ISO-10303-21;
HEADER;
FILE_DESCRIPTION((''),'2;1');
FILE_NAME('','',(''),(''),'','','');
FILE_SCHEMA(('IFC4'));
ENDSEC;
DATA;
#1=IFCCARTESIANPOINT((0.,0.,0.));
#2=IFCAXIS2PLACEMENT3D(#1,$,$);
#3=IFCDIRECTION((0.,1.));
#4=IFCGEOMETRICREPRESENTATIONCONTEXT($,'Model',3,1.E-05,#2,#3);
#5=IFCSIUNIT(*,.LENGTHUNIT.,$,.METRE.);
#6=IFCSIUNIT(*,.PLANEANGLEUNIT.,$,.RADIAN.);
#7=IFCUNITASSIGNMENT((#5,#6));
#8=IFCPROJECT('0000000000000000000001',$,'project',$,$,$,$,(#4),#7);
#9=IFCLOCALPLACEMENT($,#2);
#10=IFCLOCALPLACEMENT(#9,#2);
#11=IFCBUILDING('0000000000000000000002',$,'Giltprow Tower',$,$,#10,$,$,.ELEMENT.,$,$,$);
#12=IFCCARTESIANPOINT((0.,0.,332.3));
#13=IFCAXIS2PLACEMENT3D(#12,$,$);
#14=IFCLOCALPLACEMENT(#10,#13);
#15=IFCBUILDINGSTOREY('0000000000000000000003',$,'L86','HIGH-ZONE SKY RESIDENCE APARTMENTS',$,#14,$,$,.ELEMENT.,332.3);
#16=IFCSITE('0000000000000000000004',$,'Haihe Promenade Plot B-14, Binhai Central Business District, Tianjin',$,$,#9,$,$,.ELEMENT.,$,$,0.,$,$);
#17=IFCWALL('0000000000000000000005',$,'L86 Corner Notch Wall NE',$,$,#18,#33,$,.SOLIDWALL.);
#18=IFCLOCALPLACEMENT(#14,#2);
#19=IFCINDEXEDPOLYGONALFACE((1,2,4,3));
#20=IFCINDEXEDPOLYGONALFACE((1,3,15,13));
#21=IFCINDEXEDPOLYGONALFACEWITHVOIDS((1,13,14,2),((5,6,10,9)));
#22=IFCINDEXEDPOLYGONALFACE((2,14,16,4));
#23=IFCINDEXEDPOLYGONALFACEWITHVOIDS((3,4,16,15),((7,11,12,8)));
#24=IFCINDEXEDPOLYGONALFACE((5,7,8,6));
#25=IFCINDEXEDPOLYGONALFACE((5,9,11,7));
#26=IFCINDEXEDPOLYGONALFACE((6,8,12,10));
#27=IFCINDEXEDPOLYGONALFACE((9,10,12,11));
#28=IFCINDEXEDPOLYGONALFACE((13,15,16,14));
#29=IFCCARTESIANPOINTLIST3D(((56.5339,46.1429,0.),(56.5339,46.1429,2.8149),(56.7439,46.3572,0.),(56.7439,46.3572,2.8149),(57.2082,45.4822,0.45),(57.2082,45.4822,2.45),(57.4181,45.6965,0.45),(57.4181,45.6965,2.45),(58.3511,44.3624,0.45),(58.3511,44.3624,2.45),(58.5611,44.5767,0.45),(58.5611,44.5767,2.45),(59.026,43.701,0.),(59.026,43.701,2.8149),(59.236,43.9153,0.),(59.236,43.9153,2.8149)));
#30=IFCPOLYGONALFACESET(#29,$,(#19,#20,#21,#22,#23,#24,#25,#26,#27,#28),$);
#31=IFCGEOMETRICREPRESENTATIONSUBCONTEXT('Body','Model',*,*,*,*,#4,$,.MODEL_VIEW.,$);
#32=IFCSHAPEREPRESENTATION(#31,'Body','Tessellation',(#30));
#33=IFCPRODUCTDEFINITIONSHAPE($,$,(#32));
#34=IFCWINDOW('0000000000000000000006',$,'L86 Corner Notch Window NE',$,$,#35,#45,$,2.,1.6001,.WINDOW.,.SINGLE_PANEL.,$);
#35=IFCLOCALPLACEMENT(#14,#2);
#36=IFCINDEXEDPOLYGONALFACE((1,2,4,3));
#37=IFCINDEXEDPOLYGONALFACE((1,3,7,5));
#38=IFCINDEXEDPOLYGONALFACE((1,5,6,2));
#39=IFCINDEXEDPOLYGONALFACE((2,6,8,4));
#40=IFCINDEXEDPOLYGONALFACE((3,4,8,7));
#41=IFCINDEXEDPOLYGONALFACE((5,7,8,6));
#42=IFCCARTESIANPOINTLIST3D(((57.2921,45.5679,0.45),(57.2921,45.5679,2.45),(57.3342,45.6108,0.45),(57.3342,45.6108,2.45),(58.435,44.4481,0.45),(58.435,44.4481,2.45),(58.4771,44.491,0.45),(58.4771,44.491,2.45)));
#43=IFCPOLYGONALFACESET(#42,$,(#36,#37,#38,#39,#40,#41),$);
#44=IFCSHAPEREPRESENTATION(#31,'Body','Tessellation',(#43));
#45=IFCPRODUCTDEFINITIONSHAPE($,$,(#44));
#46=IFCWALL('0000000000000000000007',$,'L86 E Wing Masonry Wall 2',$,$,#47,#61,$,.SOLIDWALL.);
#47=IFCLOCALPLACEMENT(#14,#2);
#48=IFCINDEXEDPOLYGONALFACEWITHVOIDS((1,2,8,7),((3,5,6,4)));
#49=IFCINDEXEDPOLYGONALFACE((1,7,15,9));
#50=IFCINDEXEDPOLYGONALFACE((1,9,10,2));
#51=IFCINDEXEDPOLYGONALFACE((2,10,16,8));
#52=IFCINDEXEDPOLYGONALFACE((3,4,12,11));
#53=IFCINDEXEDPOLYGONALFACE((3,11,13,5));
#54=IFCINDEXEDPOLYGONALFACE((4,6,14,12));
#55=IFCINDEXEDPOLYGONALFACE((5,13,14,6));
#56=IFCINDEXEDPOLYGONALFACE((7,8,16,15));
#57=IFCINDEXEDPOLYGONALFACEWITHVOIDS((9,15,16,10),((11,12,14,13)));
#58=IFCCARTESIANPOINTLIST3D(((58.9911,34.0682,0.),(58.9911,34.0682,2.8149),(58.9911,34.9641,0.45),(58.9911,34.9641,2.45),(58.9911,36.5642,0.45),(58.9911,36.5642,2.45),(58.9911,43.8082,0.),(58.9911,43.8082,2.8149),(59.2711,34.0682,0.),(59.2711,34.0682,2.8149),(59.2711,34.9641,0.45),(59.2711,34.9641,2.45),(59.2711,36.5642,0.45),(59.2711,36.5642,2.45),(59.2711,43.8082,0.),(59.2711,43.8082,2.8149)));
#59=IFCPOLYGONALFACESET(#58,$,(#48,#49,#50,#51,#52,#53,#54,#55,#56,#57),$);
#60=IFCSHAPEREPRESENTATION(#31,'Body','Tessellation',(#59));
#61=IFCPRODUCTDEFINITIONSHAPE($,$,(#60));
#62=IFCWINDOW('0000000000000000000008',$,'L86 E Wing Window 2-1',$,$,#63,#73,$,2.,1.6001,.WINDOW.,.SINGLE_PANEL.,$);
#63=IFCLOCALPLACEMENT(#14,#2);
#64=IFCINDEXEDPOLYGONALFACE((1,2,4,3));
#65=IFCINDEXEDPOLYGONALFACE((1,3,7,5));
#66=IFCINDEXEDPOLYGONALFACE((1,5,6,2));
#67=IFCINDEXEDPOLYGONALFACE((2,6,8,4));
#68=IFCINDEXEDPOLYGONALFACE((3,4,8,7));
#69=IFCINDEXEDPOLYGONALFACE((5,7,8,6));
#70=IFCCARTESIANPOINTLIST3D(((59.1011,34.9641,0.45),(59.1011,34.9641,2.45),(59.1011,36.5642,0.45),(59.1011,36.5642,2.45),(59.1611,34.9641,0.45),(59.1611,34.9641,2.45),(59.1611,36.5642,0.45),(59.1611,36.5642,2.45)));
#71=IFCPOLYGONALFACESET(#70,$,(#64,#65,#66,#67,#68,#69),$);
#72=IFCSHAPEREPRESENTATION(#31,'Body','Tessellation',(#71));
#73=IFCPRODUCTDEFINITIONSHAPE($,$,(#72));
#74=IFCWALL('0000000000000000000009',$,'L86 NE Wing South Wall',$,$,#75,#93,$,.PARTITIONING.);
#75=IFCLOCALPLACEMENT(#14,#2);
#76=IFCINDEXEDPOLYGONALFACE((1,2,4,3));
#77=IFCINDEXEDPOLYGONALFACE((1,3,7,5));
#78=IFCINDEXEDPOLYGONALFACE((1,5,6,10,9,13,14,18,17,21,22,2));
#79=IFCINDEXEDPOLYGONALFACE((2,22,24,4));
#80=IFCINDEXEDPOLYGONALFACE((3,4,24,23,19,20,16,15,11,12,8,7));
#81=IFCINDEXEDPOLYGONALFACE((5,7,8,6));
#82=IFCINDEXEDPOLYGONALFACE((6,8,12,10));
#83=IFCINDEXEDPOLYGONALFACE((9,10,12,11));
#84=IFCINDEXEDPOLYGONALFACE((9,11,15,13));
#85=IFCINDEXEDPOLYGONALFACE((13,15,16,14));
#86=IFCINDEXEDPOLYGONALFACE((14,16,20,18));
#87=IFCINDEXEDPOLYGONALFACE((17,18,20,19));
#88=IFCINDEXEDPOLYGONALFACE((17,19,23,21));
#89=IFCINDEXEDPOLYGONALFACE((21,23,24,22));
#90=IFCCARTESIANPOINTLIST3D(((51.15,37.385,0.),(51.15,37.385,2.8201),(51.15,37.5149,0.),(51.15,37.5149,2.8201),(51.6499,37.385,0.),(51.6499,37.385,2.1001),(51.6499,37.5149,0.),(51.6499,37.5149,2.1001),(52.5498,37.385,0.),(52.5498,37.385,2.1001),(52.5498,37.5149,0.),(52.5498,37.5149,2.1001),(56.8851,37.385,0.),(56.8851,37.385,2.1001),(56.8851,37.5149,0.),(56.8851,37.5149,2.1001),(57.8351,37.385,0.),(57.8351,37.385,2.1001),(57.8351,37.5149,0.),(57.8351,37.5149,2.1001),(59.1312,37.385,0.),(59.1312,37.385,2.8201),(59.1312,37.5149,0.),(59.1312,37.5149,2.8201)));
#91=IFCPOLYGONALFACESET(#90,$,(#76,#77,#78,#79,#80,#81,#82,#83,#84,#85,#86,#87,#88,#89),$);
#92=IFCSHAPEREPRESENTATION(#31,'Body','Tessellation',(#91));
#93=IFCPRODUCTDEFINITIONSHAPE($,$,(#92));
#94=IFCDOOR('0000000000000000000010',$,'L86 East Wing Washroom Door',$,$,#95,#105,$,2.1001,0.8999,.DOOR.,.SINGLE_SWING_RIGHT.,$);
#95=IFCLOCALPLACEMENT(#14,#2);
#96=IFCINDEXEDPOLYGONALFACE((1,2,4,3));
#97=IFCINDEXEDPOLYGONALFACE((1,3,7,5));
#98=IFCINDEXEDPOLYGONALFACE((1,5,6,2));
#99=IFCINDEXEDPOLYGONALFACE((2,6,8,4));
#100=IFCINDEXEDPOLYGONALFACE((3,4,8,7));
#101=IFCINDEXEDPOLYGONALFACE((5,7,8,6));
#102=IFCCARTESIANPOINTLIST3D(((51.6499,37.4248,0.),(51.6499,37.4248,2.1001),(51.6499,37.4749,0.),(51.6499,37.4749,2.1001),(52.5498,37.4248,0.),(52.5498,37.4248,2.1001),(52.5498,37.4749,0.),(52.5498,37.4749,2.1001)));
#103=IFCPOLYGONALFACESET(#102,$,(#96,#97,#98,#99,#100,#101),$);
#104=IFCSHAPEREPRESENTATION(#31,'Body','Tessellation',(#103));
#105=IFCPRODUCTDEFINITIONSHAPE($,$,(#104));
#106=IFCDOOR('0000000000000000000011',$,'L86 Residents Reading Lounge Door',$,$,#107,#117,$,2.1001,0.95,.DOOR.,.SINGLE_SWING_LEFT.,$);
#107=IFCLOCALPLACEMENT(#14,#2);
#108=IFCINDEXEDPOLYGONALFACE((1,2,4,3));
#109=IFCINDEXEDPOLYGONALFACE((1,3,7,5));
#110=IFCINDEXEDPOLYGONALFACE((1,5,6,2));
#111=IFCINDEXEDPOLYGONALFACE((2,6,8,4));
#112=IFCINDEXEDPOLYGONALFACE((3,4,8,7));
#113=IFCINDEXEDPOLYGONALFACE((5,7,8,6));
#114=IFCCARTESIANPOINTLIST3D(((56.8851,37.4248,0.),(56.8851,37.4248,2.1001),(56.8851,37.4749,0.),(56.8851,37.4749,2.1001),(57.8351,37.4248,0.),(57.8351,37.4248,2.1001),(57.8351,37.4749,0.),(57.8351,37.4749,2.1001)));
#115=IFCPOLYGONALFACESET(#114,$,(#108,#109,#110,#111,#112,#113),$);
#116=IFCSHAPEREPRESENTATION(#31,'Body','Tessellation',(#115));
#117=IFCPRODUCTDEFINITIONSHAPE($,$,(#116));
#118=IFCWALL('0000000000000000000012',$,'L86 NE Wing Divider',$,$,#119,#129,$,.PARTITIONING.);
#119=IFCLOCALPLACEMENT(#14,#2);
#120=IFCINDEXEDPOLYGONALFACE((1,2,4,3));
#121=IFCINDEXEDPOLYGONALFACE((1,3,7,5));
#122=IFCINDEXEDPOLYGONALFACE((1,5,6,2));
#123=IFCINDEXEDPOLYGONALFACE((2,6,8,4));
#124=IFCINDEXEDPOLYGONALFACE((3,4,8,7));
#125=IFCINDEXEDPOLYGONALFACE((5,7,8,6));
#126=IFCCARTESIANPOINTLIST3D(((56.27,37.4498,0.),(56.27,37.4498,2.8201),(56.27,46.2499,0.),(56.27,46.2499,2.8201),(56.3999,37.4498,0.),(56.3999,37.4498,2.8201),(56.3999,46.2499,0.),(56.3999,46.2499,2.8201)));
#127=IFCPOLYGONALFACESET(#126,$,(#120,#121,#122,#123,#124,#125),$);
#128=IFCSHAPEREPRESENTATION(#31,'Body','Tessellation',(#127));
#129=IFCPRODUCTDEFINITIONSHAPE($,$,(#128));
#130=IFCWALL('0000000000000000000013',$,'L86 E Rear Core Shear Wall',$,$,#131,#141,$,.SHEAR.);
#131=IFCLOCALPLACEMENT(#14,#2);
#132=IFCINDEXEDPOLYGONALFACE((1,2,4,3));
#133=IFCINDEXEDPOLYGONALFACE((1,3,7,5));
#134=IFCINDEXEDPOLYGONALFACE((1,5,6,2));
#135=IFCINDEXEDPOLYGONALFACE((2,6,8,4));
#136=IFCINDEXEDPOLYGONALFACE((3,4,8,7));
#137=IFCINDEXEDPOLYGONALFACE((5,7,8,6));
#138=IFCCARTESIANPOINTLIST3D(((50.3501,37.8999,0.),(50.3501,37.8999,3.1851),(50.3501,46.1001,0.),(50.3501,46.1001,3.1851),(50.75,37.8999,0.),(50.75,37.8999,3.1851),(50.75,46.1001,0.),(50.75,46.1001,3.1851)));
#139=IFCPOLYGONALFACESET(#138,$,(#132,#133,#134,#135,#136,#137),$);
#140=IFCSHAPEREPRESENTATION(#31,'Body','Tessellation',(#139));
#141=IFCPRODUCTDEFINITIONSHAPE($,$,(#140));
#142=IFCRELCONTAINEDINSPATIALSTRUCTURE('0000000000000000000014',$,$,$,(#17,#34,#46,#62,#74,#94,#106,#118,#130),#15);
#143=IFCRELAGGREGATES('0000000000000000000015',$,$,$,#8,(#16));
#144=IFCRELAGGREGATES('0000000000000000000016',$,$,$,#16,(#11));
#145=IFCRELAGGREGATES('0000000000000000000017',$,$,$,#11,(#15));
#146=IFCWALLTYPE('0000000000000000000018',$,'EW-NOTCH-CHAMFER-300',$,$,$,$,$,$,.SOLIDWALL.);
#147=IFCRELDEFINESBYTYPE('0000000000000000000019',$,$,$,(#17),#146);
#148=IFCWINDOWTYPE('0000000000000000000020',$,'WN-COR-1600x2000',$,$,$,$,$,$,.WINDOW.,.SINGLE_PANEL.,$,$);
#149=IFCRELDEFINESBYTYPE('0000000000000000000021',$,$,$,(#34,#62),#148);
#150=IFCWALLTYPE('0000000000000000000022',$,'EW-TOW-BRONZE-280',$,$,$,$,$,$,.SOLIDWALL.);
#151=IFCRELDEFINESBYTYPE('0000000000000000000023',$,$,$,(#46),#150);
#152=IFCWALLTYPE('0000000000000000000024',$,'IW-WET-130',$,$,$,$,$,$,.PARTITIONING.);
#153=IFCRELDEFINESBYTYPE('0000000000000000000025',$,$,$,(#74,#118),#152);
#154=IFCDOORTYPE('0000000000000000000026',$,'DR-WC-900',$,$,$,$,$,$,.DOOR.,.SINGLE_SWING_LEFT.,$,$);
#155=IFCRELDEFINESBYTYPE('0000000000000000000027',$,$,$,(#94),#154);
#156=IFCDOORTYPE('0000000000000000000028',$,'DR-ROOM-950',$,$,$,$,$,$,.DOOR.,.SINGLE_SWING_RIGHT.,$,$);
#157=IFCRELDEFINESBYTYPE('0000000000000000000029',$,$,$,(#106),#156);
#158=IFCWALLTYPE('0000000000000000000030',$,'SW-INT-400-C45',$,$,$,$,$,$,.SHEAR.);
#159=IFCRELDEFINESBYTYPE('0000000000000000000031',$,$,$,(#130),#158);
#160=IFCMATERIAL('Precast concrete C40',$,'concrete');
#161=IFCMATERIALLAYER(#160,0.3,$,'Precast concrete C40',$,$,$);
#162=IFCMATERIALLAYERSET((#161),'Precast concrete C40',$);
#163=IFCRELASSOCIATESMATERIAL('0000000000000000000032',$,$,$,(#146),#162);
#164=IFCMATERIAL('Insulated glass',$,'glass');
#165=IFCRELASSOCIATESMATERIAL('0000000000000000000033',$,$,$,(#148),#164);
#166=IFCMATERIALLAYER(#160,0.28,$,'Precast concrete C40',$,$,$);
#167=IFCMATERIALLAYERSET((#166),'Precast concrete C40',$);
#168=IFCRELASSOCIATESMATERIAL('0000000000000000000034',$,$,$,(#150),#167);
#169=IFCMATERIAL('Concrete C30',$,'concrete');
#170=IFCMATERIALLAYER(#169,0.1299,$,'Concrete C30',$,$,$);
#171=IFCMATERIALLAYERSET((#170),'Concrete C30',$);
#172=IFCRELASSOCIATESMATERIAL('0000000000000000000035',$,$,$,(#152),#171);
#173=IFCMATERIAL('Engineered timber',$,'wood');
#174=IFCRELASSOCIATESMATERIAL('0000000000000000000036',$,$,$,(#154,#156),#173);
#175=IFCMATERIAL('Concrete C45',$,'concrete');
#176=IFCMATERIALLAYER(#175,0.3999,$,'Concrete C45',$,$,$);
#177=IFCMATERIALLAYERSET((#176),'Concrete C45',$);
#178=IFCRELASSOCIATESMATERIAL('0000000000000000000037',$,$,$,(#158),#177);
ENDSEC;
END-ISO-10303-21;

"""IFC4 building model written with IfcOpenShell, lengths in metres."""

from ifc_helpers import new_model, si_unit, direction, frame, frame_2d, origin, place, context, subcontext, project, spatial, rectangle, extrude, source, transform, mapped, material, layer, layer_set, type_object, element, fill, save


model = new_model("IFC4")

# Units and contexts
model_context = context("Model", 3, precision=1e-05, world=origin(), true_north=direction((0.0, 1.0)))
body_context = subcontext(model_context, "Body", "Model", "MODEL_VIEW")
ifc_project = project(units=[si_unit("LENGTHUNIT", "METRE"), si_unit("PLANEANGLEUNIT", "RADIAN")], contexts=[model_context])

# Site, building, storey
site_placement = place(None, origin())
site = spatial("IfcSite", under=ifc_project, at=site_placement, Name="Haihe Promenade Plot B-14, Binhai Central Business District, Tianjin", CompositionType="ELEMENT", RefElevation=0.0)
building_placement = place(site_placement, origin())
building = spatial("IfcBuilding", under=site, at=building_placement, Name="Giltprow Tower", CompositionType="ELEMENT")
storey_placement = place(building_placement, frame((0.0, 0.0, 332.3)))
storey = spatial("IfcBuildingStorey", under=building, at=storey_placement, Name="L86", Description="HIGH-ZONE SKY RESIDENCE APARTMENTS", CompositionType="ELEMENT", Elevation=332.3)

# Shared definitions
ifc_material_1 = material(Name="Concrete C45", Category="concrete")

# Walls, openings, windows
ifc_material_2 = material(Name="Precast concrete C40", Category="concrete")
ifc_layer_1 = layer(ifc_material_2, 0.3, Name="Precast concrete C40")
ifc_layer_set_1 = layer_set([ifc_layer_1], Name="Precast concrete C40")
wall_type_1 = type_object("IfcWallType", Name="EW-NOTCH-CHAMFER-300", PredefinedType="SOLIDWALL", material=ifc_layer_set_1)
wall_1_placement = place(storey_placement, frame((59.1311, 43.8081, 0.0), z_axis=(0.0, 0.0, 1.0), x_axis=(-0.714277, 0.699863, 0.0)))
wall_1 = element("IfcWall", 1, at=wall_1_placement, inside=storey, type_object=wall_type_1, Name="L86 Corner Notch Wall NE", PredefinedType="SOLIDWALL", context=body_context, shape_type="SweptSolid", body=[
    extrude(rectangle(XDim=3.489, YDim=0.3, at=frame_2d((1.7446, 0.0))), origin(), (0.0, 0.0, 1.0), 2.8149),
])
opening_1_placement = place(wall_1_placement, frame((0.9451, 0.0, 0.45)))
opening_1 = element("IfcOpeningElement", 2, at=opening_1_placement, cuts=wall_1, PredefinedType="OPENING", context=body_context, shape_type="SweptSolid", body=[
    extrude(rectangle(XDim=1.6001, YDim=2.0, at=frame_2d((0.8, 1.0))), frame((0.0, 0.1599, 0.0), z_axis=(0.0, -1.0, 0.0), x_axis=(1.0, 0.0, 0.0)), (0.0, 0.0, 1.0), 0.3201),
])
ifc_material_3 = material(Name="Insulated glass", Category="glass")
window_type = type_object("IfcWindowType", Name="WN-COR-1600x2000", PartitioningType="SINGLE_PANEL", PredefinedType="WINDOW", material=ifc_material_3)
shared_shape_1 = source(origin(), body_context, "Body", "SweptSolid", [
    extrude(rectangle(XDim=1.6001, YDim=2.0, at=frame_2d((0.8, 1.0))), frame((0.0, 0.03, 0.0), z_axis=(0.0, -1.0, 0.0), x_axis=(1.0, 0.0, 0.0)), (0.0, 0.0, 1.0), 0.0601),
])
window_1_placement = place(opening_1_placement, origin())
window_1 = element("IfcWindow", 3, at=window_1_placement, inside=storey, type_object=window_type, Name="L86 Corner Notch Window NE", OverallHeight=2.0, OverallWidth=1.6001, PartitioningType="SINGLE_PANEL", PredefinedType="WINDOW", context=body_context, shape_type="MappedRepresentation", body=[
    mapped(shared_shape_1, transform((0.0, 0.0, 0.0), x_axis=(1.0, 0.0, 0.0), y_axis=(0.0, 1.0, 0.0), z_axis=(0.0, 0.0, 1.0), scale=1.0)),
])
fill(opening_1, window_1)
ifc_layer_2 = layer(ifc_material_2, 0.28, Name="Precast concrete C40")
ifc_layer_set_2 = layer_set([ifc_layer_2], Name="Precast concrete C40")
wall_type_2 = type_object("IfcWallType", Name="EW-TOW-BRONZE-280", PredefinedType="SOLIDWALL", material=ifc_layer_set_2)
wall_2_placement = place(storey_placement, frame((59.1311, 34.0681, 0.0), z_axis=(0.0, 0.0, 1.0), x_axis=(0.0, 1.0, 0.0)))
wall_2 = element("IfcWall", 4, at=wall_2_placement, inside=storey, type_object=wall_type_2, Name="L86 E Wing Masonry Wall 2", PredefinedType="SOLIDWALL", context=body_context, shape_type="SweptSolid", body=[
    extrude(rectangle(XDim=9.74, YDim=0.28, at=frame_2d((4.8701, 0.0))), origin(), (0.0, 0.0, 1.0), 2.8149),
])
opening_2_placement = place(wall_2_placement, frame((0.896, 0.0, 0.45)))
opening_2 = element("IfcOpeningElement", 5, at=opening_2_placement, cuts=wall_2, PredefinedType="OPENING", context=body_context, shape_type="SweptSolid", body=[
    extrude(rectangle(XDim=1.6001, YDim=2.0, at=frame_2d((0.8, 1.0))), frame((0.0, 0.1499, 0.0), z_axis=(0.0, -1.0, 0.0), x_axis=(1.0, 0.0, 0.0)), (0.0, 0.0, 1.0), 0.3),
])
window_2_placement = place(opening_2_placement, origin())
window_2 = element("IfcWindow", 6, at=window_2_placement, inside=storey, type_object=window_type, Name="L86 E Wing Window 2-1", OverallHeight=2.0, OverallWidth=1.6001, PartitioningType="SINGLE_PANEL", PredefinedType="WINDOW", context=body_context, shape_type="MappedRepresentation", body=[
    mapped(shared_shape_1, transform((0.0, 0.0, 0.0), x_axis=(1.0, 0.0, 0.0), y_axis=(0.0, 1.0, 0.0), z_axis=(0.0, 0.0, 1.0), scale=1.0)),
])
fill(opening_2, window_2)

# Wall, openings, doors
ifc_material_4 = material(Name="Concrete C30", Category="concrete")
ifc_layer_3 = layer(ifc_material_4, 0.1299, Name="Concrete C30")
ifc_layer_set_3 = layer_set([ifc_layer_3], Name="Concrete C30")
wall_type_3 = type_object("IfcWallType", Name="IW-WET-130", PredefinedType="PARTITIONING", material=ifc_layer_set_3)
wall_3_placement = place(storey_placement, frame((51.1499, 37.45, 0.0), z_axis=(0.0, 0.0, 1.0), x_axis=(1.0, 0.0, 0.0)))
wall_3 = element("IfcWall", 7, at=wall_3_placement, inside=storey, type_object=wall_type_3, Name="L86 NE Wing South Wall", PredefinedType="PARTITIONING", context=body_context, shape_type="SweptSolid", body=[
    extrude(rectangle(XDim=7.9812, YDim=0.1299, at=frame_2d((3.9907, 0.0))), origin(), (0.0, 0.0, 1.0), 2.8201),
])
opening_3_placement = place(wall_3_placement, frame((0.5, 0.0, 0.0)))
opening_3 = element("IfcOpeningElement", 8, at=opening_3_placement, cuts=wall_3, PredefinedType="OPENING", context=body_context, shape_type="SweptSolid", body=[
    extrude(rectangle(XDim=0.8999, YDim=2.1001, at=frame_2d((0.45, 1.05))), frame((0.0, 0.075, 0.0), z_axis=(0.0, -1.0, 0.0), x_axis=(1.0, 0.0, 0.0)), (0.0, 0.0, 1.0), 0.1499),
])
opening_4_placement = place(wall_3_placement, frame((5.7351, 0.0, 0.0)))
opening_4 = element("IfcOpeningElement", 9, at=opening_4_placement, cuts=wall_3, PredefinedType="OPENING", context=body_context, shape_type="SweptSolid", body=[
    extrude(rectangle(XDim=0.95, YDim=2.1001, at=frame_2d((0.4751, 1.05))), frame((0.0, 0.075, 0.0), z_axis=(0.0, -1.0, 0.0), x_axis=(1.0, 0.0, 0.0)), (0.0, 0.0, 1.0), 0.1499),
])
ifc_material_5 = material(Name="Engineered timber", Category="wood")
door_type_1 = type_object("IfcDoorType", Name="DR-WC-900", OperationType="SINGLE_SWING_LEFT", PredefinedType="DOOR", material=ifc_material_5)
shared_shape_2 = source(origin(), body_context, "Body", "SweptSolid", [
    extrude(rectangle(XDim=0.8999, YDim=2.1001, at=frame_2d((0.45, 1.05))), frame((0.0, 0.0249, 0.0), z_axis=(0.0, -1.0, 0.0), x_axis=(1.0, 0.0, 0.0)), (0.0, 0.0, 1.0), 0.05),
])
door_1_placement = place(opening_3_placement, origin())
door_1 = element("IfcDoor", 10, at=door_1_placement, inside=storey, type_object=door_type_1, Name="L86 East Wing Washroom Door", OperationType="SINGLE_SWING_RIGHT", OverallHeight=2.1001, OverallWidth=0.8999, PredefinedType="DOOR", context=body_context, shape_type="MappedRepresentation", body=[
    mapped(shared_shape_2, transform((0.0, 0.0, 0.0), x_axis=(1.0, 0.0, 0.0), y_axis=(0.0, 1.0, 0.0), z_axis=(0.0, 0.0, 1.0), scale=1.0)),
])
fill(opening_3, door_1)
door_type_2 = type_object("IfcDoorType", Name="DR-ROOM-950", OperationType="SINGLE_SWING_RIGHT", PredefinedType="DOOR", material=ifc_material_5)
shared_shape_3 = source(origin(), body_context, "Body", "SweptSolid", [
    extrude(rectangle(XDim=0.95, YDim=2.1001, at=frame_2d((0.4751, 1.05))), frame((0.0, 0.0249, 0.0), z_axis=(0.0, -1.0, 0.0), x_axis=(1.0, 0.0, 0.0)), (0.0, 0.0, 1.0), 0.05),
])
door_2_placement = place(opening_4_placement, origin())
door_2 = element("IfcDoor", 11, at=door_2_placement, inside=storey, type_object=door_type_2, Name="L86 Residents Reading Lounge Door", OperationType="SINGLE_SWING_LEFT", OverallHeight=2.1001, OverallWidth=0.95, PredefinedType="DOOR", context=body_context, shape_type="MappedRepresentation", body=[
    mapped(shared_shape_3, transform((0.0, 0.0, 0.0), x_axis=(1.0, 0.0, 0.0), y_axis=(0.0, 1.0, 0.0), z_axis=(0.0, 0.0, 1.0), scale=1.0)),
])
fill(opening_4, door_2)

# Walls
wall_4_placement = place(storey_placement, frame((56.335, 37.45, 0.0), z_axis=(0.0, 0.0, 1.0), x_axis=(0.0, 1.0, 0.0)))
element("IfcWall", 12, at=wall_4_placement, inside=storey, type_object=wall_type_3, Name="L86 NE Wing Divider", PredefinedType="PARTITIONING", context=body_context, shape_type="SweptSolid", body=[
    extrude(rectangle(XDim=8.8, YDim=0.1299, at=frame_2d((4.3999, 0.0))), origin(), (0.0, 0.0, 1.0), 2.8201),
])
ifc_layer_4 = layer(ifc_material_1, 0.3999, Name="Concrete C45")
ifc_layer_set_4 = layer_set([ifc_layer_4], Name="Concrete C45")
wall_type_4 = type_object("IfcWallType", Name="SW-INT-400-C45", PredefinedType="SHEAR", material=ifc_layer_set_4)
wall_5_placement = place(storey_placement, frame((50.55, 37.8999, 0.0), z_axis=(0.0, 0.0, 1.0), x_axis=(0.0, 1.0, 0.0)))
element("IfcWall", 13, at=wall_5_placement, inside=storey, type_object=wall_type_4, Name="L86 E Rear Core Shear Wall", PredefinedType="SHEAR", context=body_context, shape_type="SweptSolid", body=[
    extrude(rectangle(XDim=8.2002, YDim=0.3999, at=frame_2d((4.1001, 0.0))), origin(), (0.0, 0.0, 1.0), 3.1851),
])

save(model, "model.ifc")
